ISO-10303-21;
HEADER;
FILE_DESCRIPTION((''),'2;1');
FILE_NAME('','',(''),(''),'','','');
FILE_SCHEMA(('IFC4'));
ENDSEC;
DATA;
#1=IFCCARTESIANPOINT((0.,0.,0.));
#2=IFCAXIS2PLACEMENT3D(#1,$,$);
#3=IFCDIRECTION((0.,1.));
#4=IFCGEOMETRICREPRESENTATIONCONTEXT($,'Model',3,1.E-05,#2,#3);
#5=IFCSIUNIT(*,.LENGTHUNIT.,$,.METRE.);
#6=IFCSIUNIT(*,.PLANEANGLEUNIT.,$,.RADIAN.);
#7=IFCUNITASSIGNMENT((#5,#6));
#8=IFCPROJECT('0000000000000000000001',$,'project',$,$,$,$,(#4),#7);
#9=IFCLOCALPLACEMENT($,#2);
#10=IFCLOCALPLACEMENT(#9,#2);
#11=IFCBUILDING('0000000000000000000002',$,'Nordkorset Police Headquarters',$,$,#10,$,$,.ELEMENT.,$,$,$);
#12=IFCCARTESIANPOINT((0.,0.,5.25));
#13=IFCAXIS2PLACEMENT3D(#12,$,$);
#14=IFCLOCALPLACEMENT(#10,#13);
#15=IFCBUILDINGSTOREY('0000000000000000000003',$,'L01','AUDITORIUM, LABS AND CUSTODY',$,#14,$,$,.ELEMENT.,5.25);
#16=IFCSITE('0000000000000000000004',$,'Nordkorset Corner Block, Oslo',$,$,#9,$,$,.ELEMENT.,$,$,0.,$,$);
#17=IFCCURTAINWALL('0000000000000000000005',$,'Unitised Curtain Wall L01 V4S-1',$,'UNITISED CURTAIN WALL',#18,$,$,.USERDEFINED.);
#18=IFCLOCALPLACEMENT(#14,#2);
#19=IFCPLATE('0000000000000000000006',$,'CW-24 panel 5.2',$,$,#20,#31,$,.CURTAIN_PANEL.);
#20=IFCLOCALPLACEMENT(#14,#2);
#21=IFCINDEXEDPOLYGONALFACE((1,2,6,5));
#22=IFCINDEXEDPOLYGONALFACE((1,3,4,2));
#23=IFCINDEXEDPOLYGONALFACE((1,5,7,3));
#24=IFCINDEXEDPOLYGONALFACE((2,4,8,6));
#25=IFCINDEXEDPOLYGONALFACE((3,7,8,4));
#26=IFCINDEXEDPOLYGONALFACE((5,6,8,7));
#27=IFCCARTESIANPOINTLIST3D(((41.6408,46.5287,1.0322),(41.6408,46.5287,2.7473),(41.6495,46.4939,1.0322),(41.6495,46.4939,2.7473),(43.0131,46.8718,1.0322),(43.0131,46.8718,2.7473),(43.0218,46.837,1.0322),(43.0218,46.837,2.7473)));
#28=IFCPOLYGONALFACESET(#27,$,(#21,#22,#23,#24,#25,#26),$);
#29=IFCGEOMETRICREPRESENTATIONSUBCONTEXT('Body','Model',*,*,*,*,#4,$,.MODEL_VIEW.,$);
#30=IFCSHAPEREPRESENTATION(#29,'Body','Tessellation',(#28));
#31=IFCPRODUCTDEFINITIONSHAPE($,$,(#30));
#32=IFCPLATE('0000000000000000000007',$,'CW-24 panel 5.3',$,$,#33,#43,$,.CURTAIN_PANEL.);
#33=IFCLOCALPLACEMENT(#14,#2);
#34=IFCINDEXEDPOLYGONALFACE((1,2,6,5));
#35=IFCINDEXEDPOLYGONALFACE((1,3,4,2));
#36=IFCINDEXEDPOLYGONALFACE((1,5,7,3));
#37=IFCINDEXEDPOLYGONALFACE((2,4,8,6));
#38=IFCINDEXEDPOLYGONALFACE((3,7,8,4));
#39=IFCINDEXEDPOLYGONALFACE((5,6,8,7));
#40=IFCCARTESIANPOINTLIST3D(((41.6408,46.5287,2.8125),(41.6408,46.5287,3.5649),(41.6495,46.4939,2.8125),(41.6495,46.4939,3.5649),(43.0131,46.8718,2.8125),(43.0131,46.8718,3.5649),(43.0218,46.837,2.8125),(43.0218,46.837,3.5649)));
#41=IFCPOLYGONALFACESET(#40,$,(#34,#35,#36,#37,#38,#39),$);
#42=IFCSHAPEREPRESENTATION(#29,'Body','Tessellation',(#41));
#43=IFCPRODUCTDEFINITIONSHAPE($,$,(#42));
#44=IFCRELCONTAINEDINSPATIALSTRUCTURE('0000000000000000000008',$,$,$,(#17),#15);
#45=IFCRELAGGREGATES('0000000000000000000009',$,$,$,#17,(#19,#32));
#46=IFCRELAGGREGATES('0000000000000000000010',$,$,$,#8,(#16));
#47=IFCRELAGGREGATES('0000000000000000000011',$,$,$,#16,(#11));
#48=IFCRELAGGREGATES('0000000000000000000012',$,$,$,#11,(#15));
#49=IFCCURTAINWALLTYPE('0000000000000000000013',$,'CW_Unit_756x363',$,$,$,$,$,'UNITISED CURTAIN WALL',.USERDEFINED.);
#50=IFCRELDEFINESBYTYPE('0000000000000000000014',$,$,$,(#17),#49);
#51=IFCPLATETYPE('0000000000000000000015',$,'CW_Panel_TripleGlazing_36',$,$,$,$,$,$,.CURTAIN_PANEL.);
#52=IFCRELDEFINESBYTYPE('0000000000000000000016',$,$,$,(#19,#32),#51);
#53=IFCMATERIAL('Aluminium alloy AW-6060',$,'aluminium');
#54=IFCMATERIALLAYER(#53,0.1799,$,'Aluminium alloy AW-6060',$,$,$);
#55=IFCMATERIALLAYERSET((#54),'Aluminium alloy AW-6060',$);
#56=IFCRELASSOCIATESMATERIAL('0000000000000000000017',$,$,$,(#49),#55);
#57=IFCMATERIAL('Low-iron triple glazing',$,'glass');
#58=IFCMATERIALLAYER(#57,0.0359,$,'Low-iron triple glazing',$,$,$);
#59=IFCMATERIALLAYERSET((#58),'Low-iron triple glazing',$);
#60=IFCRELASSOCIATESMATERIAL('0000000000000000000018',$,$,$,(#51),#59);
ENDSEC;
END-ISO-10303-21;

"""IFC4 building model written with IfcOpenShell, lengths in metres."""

from ifc_helpers import new_model, si_unit, direction, frame, origin, origin_2d, place, context, subcontext, project, spatial, rectangle, extrude, material, layer, layer_set, type_object, element, aggregate, save


model = new_model("IFC4")

# Units and contexts
model_context = context("Model", 3, precision=1e-05, world=origin(), true_north=direction((0.0, 1.0)))
body_context = subcontext(model_context, "Body", "Model", "MODEL_VIEW")
ifc_project = project(units=[si_unit("LENGTHUNIT", "METRE"), si_unit("PLANEANGLEUNIT", "RADIAN")], contexts=[model_context])

# Site, building, storey
site_placement = place(None, origin())
site = spatial("IfcSite", under=ifc_project, at=site_placement, Name="Nordkorset Corner Block, Oslo", CompositionType="ELEMENT", RefElevation=0.0)
building_placement = place(site_placement, origin())
building = spatial("IfcBuilding", under=site, at=building_placement, Name="Nordkorset Police Headquarters", CompositionType="ELEMENT")
storey_placement = place(building_placement, frame((0.0, 0.0, 5.25)))
storey = spatial("IfcBuildingStorey", under=building, at=storey_placement, Name="L01", Description="AUDITORIUM, LABS AND CUSTODY", CompositionType="ELEMENT", Elevation=5.25)

# Curtain wall
ifc_material_1 = material(Name="Aluminium alloy AW-6060", Category="aluminium")
ifc_layer_1 = layer(ifc_material_1, 0.1799, Name="Aluminium alloy AW-6060")
ifc_layer_set_1 = layer_set([ifc_layer_1], Name="Aluminium alloy AW-6060")
curtain_wall_type_1 = type_object("IfcCurtainWallType", Name="CW_Unit_756x363", ElementType="UNITISED CURTAIN WALL", PredefinedType="USERDEFINED", material=ifc_layer_set_1)
curtain_wall_1_placement = place(storey_placement, origin())
curtain_wall_1 = element("IfcCurtainWall", 1, at=curtain_wall_1_placement, inside=storey, type_object=curtain_wall_type_1, Name="Unitised Curtain Wall L01 V4S-1", ObjectType="UNITISED CURTAIN WALL", PredefinedType="USERDEFINED")

# Plates
ifc_material_2 = material(Name="Low-iron triple glazing", Category="glass")
ifc_layer_2 = layer(ifc_material_2, 0.0359, Name="Low-iron triple glazing")
ifc_layer_set_2 = layer_set([ifc_layer_2], Name="Low-iron triple glazing")
plate_type = type_object("IfcPlateType", Name="CW_Panel_TripleGlazing_36", PredefinedType="CURTAIN_PANEL", material=ifc_layer_set_2)
plate_1_placement = place(storey_placement, frame((42.3313, 46.6829, 1.0322), z_axis=(0.0, 0.0, 1.0), x_axis=(0.970143, 0.242536, 0.0)))
plate_1 = element("IfcPlate", 2, at=plate_1_placement, type_object=plate_type, Name="CW-24 panel 5.2", PredefinedType="CURTAIN_PANEL", context=body_context, shape_type="SweptSolid", body=[
    extrude(rectangle(XDim=1.4146, YDim=0.0359, at=origin_2d()), origin(), (0.0, 0.0, 1.0), 1.7151),
])
plate_2_placement = place(storey_placement, frame((42.3313, 46.6829, 2.8125), z_axis=(0.0, 0.0, 1.0), x_axis=(0.970143, 0.242536, 0.0)))
plate_2 = element("IfcPlate", 3, at=plate_2_placement, type_object=plate_type, Name="CW-24 panel 5.3", PredefinedType="CURTAIN_PANEL", context=body_context, shape_type="SweptSolid", body=[
    extrude(rectangle(XDim=1.4146, YDim=0.0359, at=origin_2d()), origin(), (0.0, 0.0, 1.0), 0.7524),
])
aggregate(curtain_wall_1, [plate_1, plate_2])

save(model, "model.ifc")
